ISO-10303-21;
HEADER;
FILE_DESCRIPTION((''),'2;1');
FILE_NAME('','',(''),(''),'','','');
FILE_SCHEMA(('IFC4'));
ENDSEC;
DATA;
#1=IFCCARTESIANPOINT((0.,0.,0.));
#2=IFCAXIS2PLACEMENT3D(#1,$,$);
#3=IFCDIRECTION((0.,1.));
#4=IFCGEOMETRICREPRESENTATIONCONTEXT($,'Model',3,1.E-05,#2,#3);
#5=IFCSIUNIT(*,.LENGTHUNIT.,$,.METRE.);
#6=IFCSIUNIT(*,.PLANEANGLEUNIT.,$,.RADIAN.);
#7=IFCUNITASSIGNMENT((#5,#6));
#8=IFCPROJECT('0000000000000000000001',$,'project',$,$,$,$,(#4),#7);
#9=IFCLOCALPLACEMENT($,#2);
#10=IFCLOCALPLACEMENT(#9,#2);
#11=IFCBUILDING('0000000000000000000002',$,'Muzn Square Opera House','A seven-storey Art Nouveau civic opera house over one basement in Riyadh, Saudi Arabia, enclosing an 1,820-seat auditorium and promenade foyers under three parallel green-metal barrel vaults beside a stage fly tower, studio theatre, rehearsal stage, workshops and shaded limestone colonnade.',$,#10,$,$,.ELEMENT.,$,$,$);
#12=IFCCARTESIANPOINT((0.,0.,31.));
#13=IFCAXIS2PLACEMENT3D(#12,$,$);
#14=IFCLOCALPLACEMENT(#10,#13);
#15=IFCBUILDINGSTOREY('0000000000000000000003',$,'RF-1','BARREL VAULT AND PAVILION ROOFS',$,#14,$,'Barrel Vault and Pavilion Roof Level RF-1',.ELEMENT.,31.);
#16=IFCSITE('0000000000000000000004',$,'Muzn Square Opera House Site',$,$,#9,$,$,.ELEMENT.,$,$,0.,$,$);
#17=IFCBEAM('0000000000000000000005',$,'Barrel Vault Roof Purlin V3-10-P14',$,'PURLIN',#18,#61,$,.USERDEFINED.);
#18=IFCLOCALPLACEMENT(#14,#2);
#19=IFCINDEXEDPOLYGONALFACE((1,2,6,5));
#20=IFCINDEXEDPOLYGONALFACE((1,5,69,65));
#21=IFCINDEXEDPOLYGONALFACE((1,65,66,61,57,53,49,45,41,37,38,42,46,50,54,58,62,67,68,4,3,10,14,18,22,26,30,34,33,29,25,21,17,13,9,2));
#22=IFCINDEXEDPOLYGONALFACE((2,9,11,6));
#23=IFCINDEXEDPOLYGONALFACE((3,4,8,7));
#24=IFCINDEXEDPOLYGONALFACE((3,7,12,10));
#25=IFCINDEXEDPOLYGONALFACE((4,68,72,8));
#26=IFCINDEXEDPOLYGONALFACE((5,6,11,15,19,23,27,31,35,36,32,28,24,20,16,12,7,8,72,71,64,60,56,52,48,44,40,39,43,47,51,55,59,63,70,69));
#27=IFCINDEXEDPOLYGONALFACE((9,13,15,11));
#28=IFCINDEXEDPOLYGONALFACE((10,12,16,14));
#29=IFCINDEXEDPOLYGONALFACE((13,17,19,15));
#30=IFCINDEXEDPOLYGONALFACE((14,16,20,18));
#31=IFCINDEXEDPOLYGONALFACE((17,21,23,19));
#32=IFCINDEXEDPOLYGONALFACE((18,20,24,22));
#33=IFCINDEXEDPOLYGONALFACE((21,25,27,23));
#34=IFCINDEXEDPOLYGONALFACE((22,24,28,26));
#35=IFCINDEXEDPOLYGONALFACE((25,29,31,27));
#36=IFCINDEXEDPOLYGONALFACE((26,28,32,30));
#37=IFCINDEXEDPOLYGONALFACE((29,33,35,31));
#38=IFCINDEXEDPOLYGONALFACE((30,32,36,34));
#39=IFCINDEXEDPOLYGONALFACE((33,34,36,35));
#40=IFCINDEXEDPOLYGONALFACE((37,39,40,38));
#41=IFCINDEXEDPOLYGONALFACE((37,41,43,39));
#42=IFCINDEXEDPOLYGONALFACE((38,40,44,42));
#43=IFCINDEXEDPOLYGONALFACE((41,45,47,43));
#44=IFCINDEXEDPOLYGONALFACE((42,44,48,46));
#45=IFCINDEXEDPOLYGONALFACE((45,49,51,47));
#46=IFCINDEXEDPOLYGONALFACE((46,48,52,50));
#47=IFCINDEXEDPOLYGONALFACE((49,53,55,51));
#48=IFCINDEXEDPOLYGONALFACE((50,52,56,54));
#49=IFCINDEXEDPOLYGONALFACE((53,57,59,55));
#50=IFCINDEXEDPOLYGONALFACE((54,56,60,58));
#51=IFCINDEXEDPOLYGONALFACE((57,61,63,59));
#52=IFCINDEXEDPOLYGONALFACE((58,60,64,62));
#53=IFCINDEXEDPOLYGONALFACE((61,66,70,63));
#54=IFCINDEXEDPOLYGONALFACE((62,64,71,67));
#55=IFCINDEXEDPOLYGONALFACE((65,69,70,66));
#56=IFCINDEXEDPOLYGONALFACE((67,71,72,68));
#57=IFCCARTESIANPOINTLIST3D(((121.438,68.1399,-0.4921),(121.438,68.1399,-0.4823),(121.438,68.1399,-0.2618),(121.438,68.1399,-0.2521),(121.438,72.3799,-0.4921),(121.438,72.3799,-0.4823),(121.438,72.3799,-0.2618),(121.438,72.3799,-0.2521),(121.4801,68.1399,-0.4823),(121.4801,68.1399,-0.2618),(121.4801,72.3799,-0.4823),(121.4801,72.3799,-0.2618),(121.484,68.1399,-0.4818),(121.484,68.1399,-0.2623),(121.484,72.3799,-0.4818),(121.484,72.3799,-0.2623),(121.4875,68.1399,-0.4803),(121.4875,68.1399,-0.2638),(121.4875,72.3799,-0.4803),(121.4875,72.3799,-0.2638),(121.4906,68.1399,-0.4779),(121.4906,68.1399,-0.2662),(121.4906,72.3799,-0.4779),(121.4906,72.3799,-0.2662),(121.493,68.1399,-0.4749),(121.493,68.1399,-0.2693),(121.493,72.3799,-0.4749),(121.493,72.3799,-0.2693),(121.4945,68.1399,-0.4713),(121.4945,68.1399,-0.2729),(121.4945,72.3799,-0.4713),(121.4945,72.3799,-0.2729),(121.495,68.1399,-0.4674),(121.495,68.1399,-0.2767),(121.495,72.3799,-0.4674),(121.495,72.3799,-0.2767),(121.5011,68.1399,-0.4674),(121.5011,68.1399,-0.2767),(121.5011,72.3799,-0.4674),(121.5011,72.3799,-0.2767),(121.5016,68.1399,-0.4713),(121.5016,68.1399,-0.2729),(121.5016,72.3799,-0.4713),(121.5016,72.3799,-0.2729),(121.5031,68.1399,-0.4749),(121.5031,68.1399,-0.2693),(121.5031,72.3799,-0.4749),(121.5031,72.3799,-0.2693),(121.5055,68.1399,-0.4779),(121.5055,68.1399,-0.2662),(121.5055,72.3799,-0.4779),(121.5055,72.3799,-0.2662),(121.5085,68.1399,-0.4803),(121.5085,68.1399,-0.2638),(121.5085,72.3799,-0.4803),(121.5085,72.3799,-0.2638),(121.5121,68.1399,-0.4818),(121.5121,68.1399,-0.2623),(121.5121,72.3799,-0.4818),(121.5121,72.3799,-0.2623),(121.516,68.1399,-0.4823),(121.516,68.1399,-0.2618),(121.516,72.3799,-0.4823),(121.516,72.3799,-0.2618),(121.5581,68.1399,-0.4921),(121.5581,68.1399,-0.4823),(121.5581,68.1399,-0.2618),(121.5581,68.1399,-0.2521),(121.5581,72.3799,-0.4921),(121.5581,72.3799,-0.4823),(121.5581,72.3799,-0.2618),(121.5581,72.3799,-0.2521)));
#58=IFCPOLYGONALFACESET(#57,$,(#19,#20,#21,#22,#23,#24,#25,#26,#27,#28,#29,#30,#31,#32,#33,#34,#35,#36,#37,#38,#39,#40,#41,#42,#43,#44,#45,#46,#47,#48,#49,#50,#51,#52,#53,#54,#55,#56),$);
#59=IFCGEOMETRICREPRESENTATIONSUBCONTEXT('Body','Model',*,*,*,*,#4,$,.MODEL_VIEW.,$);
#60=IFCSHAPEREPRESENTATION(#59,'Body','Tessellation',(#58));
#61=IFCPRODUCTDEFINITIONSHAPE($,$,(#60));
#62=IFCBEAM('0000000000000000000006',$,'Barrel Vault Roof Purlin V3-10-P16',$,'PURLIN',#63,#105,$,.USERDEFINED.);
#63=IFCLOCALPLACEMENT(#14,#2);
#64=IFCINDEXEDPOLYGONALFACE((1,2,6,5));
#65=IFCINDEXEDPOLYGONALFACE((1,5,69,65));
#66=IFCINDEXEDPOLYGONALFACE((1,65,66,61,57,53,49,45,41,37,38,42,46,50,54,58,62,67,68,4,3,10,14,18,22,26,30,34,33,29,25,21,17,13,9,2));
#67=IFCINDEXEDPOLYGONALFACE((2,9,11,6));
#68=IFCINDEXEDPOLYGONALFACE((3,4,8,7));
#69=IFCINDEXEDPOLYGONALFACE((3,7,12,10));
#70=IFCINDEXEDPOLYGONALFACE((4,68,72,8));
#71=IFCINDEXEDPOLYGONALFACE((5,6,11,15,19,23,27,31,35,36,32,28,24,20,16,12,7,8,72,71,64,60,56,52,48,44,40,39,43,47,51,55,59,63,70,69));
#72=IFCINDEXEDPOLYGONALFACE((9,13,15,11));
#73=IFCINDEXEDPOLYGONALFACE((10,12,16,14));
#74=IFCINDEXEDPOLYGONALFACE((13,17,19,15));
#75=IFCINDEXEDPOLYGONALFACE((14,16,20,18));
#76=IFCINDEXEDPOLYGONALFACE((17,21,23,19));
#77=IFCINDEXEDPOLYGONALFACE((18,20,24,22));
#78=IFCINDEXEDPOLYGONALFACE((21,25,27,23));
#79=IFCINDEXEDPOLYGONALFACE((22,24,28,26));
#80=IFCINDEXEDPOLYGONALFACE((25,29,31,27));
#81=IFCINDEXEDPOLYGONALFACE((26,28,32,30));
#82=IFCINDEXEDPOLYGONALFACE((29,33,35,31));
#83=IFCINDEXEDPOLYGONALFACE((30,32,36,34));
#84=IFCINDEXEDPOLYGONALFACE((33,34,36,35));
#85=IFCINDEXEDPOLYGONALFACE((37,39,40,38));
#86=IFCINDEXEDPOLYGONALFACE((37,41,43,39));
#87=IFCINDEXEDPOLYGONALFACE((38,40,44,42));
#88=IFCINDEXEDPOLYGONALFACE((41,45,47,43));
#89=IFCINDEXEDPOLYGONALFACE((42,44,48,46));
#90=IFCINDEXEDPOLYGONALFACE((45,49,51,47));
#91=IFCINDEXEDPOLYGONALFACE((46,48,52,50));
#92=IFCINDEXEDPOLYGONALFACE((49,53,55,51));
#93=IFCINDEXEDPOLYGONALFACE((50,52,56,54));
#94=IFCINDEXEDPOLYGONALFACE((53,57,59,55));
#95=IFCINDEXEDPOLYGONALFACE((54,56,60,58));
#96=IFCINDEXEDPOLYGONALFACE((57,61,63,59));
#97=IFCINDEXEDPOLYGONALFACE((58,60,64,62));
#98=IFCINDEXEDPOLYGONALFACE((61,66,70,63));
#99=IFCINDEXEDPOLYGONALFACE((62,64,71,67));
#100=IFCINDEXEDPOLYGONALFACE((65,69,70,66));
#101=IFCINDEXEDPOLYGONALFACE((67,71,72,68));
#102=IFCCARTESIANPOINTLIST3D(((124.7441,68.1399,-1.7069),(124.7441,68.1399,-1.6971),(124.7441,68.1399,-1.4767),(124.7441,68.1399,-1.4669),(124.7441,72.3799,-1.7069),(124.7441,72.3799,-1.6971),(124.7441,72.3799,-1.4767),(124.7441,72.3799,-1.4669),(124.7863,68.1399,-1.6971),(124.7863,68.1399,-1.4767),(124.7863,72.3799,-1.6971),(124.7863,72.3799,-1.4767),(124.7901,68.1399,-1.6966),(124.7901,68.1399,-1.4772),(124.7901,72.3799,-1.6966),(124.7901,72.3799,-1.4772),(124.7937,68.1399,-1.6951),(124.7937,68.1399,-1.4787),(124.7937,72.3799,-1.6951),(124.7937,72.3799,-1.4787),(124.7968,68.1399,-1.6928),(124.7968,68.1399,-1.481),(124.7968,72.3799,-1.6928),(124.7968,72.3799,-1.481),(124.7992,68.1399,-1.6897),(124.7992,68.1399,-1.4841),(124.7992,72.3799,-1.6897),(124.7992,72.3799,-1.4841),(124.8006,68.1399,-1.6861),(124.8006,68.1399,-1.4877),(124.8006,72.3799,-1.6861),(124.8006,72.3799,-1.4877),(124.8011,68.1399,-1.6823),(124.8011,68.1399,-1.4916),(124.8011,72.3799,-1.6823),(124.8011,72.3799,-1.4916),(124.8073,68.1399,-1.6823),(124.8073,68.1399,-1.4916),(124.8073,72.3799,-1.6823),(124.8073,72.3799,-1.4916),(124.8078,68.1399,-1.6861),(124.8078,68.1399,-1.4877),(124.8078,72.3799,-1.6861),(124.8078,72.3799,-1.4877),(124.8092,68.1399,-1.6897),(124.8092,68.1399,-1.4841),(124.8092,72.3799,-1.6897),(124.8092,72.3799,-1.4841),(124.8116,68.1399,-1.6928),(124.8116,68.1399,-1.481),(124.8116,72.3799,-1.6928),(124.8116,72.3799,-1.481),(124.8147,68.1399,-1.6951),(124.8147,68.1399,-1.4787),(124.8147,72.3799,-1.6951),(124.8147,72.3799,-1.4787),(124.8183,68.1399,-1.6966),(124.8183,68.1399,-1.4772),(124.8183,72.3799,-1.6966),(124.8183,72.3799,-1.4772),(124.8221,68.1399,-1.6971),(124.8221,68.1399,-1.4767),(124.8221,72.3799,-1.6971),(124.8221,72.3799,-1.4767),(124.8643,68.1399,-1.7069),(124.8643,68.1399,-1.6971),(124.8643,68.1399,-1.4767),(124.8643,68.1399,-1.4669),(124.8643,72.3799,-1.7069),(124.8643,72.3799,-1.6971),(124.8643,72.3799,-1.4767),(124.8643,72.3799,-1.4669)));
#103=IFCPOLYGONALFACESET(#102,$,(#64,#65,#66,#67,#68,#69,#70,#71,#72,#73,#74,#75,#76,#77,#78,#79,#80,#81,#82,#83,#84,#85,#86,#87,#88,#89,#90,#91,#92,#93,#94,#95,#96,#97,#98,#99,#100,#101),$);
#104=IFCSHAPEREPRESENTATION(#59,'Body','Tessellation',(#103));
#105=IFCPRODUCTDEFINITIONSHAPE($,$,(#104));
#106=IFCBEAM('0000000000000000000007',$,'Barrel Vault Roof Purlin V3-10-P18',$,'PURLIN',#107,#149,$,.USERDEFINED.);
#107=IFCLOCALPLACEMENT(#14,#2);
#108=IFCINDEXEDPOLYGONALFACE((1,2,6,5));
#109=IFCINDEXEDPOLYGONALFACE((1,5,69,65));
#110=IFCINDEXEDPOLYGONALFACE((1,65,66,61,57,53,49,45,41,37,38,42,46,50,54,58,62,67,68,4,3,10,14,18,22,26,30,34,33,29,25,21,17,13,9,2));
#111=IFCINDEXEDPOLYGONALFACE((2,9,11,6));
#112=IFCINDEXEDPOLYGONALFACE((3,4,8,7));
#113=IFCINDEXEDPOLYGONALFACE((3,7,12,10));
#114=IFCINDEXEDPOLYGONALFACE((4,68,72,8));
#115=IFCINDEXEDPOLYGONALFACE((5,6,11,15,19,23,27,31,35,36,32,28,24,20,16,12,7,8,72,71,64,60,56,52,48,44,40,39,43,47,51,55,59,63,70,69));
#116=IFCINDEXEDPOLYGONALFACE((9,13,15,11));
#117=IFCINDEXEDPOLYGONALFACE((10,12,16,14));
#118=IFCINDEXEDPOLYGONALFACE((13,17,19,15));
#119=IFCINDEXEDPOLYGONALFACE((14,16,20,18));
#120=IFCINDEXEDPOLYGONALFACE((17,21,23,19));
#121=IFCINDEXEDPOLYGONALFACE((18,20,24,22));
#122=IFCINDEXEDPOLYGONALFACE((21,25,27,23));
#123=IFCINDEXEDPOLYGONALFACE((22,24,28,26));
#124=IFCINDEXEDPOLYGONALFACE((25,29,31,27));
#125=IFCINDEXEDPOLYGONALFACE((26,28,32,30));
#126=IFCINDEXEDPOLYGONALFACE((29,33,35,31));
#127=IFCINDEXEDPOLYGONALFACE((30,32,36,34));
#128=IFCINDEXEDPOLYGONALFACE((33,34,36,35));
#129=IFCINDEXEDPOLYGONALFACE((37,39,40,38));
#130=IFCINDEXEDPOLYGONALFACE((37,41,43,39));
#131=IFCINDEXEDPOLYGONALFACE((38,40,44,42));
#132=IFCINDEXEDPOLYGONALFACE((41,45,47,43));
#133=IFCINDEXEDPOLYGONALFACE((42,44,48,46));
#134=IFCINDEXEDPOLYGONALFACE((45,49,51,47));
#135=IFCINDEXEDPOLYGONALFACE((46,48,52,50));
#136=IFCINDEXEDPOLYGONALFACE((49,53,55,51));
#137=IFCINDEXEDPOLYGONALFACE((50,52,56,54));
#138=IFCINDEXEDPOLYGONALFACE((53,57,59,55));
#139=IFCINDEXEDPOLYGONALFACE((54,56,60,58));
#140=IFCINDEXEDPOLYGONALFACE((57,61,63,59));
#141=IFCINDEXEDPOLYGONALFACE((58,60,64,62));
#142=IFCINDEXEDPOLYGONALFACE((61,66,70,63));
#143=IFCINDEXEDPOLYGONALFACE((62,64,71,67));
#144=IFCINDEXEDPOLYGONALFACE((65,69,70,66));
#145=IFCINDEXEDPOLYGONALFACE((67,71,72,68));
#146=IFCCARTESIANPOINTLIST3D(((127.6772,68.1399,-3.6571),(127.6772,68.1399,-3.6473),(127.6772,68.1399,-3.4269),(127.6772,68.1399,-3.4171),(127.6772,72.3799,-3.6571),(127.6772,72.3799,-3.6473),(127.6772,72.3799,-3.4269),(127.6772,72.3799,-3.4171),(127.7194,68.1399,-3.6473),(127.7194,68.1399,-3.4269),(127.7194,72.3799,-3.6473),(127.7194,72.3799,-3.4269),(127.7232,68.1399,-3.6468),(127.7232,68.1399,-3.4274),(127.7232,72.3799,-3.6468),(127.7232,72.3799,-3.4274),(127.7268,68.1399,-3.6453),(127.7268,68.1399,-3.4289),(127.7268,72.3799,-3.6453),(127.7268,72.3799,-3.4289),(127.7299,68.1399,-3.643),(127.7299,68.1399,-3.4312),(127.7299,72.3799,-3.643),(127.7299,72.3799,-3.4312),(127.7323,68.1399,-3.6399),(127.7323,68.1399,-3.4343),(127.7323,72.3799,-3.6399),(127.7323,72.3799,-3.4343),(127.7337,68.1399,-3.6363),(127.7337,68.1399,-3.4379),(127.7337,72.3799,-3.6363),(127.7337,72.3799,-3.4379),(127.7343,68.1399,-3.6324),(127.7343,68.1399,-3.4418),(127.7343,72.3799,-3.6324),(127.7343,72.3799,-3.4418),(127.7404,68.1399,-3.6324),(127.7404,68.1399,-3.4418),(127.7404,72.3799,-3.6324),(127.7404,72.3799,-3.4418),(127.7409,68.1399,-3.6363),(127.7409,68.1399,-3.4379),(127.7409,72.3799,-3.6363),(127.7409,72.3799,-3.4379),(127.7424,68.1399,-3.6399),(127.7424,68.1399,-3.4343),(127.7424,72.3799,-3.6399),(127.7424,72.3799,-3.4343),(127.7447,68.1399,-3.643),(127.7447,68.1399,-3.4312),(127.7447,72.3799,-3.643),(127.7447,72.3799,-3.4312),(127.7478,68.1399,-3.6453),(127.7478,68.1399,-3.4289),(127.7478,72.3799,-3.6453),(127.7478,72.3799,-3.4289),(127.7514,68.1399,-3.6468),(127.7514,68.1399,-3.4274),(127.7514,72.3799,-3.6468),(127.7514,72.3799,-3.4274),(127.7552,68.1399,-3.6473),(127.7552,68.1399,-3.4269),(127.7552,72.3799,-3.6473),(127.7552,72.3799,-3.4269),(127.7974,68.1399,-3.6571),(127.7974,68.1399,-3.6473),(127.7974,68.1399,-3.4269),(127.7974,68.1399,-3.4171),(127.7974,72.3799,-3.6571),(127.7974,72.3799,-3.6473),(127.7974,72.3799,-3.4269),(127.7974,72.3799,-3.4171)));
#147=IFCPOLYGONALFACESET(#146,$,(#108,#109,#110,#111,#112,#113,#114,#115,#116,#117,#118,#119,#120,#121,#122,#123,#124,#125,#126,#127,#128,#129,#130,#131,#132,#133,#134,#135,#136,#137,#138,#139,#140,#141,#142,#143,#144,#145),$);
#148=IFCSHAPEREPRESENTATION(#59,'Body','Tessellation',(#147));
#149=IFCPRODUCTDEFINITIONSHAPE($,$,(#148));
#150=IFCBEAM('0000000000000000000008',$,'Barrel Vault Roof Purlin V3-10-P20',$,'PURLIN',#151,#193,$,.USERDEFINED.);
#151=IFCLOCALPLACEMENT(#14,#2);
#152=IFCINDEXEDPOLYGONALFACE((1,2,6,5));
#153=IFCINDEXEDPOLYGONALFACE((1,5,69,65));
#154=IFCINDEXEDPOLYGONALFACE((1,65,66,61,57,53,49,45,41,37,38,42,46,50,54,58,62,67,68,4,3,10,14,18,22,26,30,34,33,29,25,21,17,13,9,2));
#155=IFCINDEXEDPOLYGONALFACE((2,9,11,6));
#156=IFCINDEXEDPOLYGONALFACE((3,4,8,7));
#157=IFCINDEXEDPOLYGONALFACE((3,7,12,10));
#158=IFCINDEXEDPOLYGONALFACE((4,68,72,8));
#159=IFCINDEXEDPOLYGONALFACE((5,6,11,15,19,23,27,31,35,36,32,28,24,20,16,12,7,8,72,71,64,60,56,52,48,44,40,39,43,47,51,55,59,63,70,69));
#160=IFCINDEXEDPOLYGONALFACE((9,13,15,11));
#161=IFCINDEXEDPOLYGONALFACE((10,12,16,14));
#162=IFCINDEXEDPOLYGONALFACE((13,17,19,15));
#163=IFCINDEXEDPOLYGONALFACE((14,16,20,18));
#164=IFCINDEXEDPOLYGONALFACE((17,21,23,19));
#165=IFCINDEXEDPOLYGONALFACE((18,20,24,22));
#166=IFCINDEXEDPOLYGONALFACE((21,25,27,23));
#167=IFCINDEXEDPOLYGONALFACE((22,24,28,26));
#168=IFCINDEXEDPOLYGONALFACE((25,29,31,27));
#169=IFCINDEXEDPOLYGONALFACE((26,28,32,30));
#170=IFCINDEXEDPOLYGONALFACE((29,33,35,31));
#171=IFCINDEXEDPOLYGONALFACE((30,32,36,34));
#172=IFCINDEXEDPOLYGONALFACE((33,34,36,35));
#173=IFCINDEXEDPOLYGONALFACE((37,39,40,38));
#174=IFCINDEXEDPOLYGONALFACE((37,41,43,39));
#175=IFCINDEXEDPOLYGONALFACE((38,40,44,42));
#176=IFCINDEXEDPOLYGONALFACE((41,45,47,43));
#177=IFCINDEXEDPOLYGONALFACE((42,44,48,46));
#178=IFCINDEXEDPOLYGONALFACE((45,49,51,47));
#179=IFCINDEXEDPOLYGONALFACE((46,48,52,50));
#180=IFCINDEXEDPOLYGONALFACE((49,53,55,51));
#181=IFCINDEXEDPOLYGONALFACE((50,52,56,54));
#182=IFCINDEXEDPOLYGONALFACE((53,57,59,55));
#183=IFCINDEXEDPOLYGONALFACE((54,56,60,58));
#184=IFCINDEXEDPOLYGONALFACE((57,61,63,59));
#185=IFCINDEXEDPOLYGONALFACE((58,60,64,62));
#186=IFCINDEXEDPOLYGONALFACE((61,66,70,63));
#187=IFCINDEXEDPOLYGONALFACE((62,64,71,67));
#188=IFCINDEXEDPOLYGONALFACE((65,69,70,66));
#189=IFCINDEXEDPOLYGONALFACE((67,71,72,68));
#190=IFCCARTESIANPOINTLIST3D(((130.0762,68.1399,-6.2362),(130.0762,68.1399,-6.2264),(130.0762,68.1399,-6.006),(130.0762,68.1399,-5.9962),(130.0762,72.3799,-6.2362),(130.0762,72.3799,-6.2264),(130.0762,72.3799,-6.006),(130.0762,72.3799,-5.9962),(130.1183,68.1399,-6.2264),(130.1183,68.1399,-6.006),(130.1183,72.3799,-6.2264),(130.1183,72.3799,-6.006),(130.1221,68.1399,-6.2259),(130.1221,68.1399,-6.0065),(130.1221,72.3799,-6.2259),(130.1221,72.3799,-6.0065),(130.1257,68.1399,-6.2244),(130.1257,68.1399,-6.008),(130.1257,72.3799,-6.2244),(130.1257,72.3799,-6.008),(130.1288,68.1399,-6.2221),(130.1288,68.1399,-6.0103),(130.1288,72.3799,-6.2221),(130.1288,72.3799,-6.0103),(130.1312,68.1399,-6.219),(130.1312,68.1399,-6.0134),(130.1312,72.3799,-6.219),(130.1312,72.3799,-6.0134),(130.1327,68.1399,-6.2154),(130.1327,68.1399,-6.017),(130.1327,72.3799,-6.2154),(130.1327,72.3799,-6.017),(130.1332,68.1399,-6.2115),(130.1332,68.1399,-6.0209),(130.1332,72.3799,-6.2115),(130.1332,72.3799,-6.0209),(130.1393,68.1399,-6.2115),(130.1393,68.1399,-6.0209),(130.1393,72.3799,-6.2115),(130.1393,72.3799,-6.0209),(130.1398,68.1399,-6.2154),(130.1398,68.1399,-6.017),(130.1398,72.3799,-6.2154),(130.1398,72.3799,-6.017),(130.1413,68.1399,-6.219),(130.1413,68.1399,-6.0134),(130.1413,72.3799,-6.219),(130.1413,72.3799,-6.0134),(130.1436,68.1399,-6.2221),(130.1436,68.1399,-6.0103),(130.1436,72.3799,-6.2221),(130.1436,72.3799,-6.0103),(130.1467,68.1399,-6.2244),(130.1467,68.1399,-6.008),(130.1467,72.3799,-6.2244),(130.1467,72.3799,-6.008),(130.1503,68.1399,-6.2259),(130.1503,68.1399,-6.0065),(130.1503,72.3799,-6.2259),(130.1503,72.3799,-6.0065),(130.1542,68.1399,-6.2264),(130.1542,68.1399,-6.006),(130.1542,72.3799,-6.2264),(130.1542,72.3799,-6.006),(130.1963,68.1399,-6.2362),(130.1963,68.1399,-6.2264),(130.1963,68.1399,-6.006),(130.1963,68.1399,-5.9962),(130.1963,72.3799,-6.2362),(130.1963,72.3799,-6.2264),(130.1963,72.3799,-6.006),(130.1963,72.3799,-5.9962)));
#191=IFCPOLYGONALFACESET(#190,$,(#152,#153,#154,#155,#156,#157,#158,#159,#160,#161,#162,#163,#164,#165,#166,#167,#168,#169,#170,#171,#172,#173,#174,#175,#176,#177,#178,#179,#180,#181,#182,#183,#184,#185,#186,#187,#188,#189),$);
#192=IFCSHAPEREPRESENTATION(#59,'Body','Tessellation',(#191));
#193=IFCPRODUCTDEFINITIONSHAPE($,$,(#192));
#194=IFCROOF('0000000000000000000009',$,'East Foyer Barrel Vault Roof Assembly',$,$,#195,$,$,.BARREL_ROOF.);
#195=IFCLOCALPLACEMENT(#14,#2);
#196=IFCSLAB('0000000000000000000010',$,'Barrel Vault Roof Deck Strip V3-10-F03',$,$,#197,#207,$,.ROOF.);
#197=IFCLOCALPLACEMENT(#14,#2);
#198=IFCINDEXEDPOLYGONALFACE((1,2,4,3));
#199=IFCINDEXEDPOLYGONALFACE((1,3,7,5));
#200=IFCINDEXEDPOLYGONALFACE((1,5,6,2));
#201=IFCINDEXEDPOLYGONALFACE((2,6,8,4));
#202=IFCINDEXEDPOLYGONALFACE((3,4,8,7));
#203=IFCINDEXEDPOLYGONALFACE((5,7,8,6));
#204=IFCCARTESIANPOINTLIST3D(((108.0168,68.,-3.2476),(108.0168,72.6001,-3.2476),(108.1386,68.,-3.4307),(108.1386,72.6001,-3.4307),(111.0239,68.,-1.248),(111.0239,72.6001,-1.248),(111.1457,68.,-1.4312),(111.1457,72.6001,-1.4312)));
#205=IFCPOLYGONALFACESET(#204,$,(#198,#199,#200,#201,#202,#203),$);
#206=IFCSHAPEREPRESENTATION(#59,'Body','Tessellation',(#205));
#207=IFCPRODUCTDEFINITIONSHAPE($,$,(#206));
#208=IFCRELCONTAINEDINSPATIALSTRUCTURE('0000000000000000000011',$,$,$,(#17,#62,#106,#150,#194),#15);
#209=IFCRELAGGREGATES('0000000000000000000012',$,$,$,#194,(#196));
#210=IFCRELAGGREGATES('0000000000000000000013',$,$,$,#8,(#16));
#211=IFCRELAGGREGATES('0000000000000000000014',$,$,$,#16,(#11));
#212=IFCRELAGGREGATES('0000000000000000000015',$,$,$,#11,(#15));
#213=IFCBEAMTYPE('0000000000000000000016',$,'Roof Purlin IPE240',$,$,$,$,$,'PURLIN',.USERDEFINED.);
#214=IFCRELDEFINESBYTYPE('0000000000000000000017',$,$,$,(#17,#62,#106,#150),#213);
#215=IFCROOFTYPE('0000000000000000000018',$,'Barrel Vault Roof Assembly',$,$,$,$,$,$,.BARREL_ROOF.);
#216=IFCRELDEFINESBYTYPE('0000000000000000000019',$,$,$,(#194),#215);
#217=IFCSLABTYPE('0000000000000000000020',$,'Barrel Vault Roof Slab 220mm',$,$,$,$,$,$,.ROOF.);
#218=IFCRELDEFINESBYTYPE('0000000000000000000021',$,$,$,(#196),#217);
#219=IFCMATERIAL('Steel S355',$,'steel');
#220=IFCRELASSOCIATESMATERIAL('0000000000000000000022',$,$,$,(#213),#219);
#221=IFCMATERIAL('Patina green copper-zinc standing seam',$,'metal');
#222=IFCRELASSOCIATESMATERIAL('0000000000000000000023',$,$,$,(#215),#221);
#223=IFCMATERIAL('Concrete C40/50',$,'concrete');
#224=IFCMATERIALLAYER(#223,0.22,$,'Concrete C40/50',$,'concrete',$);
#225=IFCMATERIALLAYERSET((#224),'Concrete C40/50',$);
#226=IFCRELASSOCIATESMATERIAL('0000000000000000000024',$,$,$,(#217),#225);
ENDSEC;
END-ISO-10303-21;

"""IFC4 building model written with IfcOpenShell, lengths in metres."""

from ifc_helpers import new_model, si_unit, direction, frame, origin, origin_2d, place, context, subcontext, project, spatial, polyline, i_section, outline, extrude, material, layer, layer_set, material_profile, profile_set, type_object, element, aggregate, save


model = new_model("IFC4")

# Units and contexts
model_context = context("Model", 3, precision=1e-05, world=origin(), true_north=direction((0.0, 1.0)))
body_context = subcontext(model_context, "Body", "Model", "MODEL_VIEW")
ifc_project = project(units=[si_unit("LENGTHUNIT", "METRE"), si_unit("PLANEANGLEUNIT", "RADIAN")], contexts=[model_context])

# Site, building, storey
site_placement = place(None, origin())
site = spatial("IfcSite", under=ifc_project, at=site_placement, Name="Muzn Square Opera House Site", CompositionType="ELEMENT", RefElevation=0.0)
building_placement = place(site_placement, origin())
building = spatial("IfcBuilding", under=site, at=building_placement, Name="Muzn Square Opera House", Description="A seven-storey Art Nouveau civic opera house over one basement in Riyadh, Saudi Arabia, enclosing an 1,820-seat auditorium and promenade foyers under three parallel green-metal barrel vaults beside a stage fly tower, studio theatre, rehearsal stage, workshops and shaded limestone colonnade.", CompositionType="ELEMENT")
storey_placement = place(building_placement, frame((0.0, 0.0, 31.0)))
storey = spatial("IfcBuildingStorey", under=building, at=storey_placement, Name="RF-1", Description="BARREL VAULT AND PAVILION ROOFS", LongName="Barrel Vault and Pavilion Roof Level RF-1", CompositionType="ELEMENT", Elevation=31.0)

# Beams
ifc_material_1 = material(Name="Steel S355", Category="steel")
ifc_material_profile_1 = material_profile(ifc_material_1, i_section(OverallWidth=0.1201, OverallDepth=0.24, WebThickness=0.0061, FlangeThickness=0.0098, FilletRadius=0.0149, at=origin_2d()), Name="IPE 240", Category="steel")
ifc_profile_set_1 = profile_set([ifc_material_profile_1], Name="Steel S355")
beam_type_1 = type_object("IfcBeamType", Name="Roof Purlin IPE240", ElementType="PURLIN", PredefinedType="USERDEFINED", material=ifc_profile_set_1)
for number, where, z_axis, x_axis, name in (
    (1, (121.498, 68.1399, -0.3721), (0.0, 1.0, 0.0), (-1.0, 0.0, 0.0), "Barrel Vault Roof Purlin V3-10-P14"),
    (2, (124.8042, 68.1399, -1.5869), (0.0, 1.0, 0.0), (-1.0, 0.0, 0.0), "Barrel Vault Roof Purlin V3-10-P16"),
    (3, (127.7373, 68.1399, -3.5371), (0.0, 1.0, 0.0), (-1.0, 0.0, 0.0), "Barrel Vault Roof Purlin V3-10-P18"),
    (4, (130.1362, 68.1399, -6.1162), (0.0, 1.0, 0.0), (-1.0, 0.0, 0.0), "Barrel Vault Roof Purlin V3-10-P20"),
):
    element("IfcBeam", number, at=place(storey_placement, frame(where, z_axis=z_axis, x_axis=x_axis)), inside=storey, type_object=beam_type_1, Name=name, ObjectType="PURLIN", PredefinedType="USERDEFINED", context=body_context, shape_type="SweptSolid", body=[
        extrude(i_section(OverallWidth=0.1201, OverallDepth=0.24, WebThickness=0.0061, FlangeThickness=0.0098, FilletRadius=0.0149, at=origin_2d()), origin(), (0.0, 0.0, 1.0), 4.24),
    ])

# Roof, slab
ifc_material_2 = material(Name="Patina green copper-zinc standing seam", Category="metal")
roof_type = type_object("IfcRoofType", Name="Barrel Vault Roof Assembly", PredefinedType="BARREL_ROOF", material=ifc_material_2)
roof_placement = place(storey_placement, origin())
roof = element("IfcRoof", 5, at=roof_placement, inside=storey, type_object=roof_type, Name="East Foyer Barrel Vault Roof Assembly", PredefinedType="BARREL_ROOF")
ifc_material_3 = material(Name="Concrete C40/50", Category="concrete")
ifc_layer_1 = layer(ifc_material_3, 0.22, Name="Concrete C40/50", Category="concrete")
ifc_layer_set_1 = layer_set([ifc_layer_1], Name="Concrete C40/50")
slab_type = type_object("IfcSlabType", Name="Barrel Vault Roof Slab 220mm", PredefinedType="ROOF", material=ifc_layer_set_1)
slab_1_placement = place(storey_placement, frame((111.0239, 68.0, -1.248), z_axis=(-0.553701, 0.0, 0.832715), x_axis=(0.0, 1.0, 0.0)))
slab_1 = element("IfcSlab", 6, at=slab_1_placement, type_object=slab_type, Name="Barrel Vault Roof Deck Strip V3-10-F03", PredefinedType="ROOF", context=body_context, shape_type="SweptSolid", body=[
    extrude(outline(polyline([(0.0, 3.6112), (0.0, 0.0), (4.6001, 0.0), (4.6001, 3.6112), (0.0, 3.6112)])), origin(), (0.0, 0.0, -1.0), 0.22),
])
aggregate(roof, [slab_1])

save(model, "model.ifc")
